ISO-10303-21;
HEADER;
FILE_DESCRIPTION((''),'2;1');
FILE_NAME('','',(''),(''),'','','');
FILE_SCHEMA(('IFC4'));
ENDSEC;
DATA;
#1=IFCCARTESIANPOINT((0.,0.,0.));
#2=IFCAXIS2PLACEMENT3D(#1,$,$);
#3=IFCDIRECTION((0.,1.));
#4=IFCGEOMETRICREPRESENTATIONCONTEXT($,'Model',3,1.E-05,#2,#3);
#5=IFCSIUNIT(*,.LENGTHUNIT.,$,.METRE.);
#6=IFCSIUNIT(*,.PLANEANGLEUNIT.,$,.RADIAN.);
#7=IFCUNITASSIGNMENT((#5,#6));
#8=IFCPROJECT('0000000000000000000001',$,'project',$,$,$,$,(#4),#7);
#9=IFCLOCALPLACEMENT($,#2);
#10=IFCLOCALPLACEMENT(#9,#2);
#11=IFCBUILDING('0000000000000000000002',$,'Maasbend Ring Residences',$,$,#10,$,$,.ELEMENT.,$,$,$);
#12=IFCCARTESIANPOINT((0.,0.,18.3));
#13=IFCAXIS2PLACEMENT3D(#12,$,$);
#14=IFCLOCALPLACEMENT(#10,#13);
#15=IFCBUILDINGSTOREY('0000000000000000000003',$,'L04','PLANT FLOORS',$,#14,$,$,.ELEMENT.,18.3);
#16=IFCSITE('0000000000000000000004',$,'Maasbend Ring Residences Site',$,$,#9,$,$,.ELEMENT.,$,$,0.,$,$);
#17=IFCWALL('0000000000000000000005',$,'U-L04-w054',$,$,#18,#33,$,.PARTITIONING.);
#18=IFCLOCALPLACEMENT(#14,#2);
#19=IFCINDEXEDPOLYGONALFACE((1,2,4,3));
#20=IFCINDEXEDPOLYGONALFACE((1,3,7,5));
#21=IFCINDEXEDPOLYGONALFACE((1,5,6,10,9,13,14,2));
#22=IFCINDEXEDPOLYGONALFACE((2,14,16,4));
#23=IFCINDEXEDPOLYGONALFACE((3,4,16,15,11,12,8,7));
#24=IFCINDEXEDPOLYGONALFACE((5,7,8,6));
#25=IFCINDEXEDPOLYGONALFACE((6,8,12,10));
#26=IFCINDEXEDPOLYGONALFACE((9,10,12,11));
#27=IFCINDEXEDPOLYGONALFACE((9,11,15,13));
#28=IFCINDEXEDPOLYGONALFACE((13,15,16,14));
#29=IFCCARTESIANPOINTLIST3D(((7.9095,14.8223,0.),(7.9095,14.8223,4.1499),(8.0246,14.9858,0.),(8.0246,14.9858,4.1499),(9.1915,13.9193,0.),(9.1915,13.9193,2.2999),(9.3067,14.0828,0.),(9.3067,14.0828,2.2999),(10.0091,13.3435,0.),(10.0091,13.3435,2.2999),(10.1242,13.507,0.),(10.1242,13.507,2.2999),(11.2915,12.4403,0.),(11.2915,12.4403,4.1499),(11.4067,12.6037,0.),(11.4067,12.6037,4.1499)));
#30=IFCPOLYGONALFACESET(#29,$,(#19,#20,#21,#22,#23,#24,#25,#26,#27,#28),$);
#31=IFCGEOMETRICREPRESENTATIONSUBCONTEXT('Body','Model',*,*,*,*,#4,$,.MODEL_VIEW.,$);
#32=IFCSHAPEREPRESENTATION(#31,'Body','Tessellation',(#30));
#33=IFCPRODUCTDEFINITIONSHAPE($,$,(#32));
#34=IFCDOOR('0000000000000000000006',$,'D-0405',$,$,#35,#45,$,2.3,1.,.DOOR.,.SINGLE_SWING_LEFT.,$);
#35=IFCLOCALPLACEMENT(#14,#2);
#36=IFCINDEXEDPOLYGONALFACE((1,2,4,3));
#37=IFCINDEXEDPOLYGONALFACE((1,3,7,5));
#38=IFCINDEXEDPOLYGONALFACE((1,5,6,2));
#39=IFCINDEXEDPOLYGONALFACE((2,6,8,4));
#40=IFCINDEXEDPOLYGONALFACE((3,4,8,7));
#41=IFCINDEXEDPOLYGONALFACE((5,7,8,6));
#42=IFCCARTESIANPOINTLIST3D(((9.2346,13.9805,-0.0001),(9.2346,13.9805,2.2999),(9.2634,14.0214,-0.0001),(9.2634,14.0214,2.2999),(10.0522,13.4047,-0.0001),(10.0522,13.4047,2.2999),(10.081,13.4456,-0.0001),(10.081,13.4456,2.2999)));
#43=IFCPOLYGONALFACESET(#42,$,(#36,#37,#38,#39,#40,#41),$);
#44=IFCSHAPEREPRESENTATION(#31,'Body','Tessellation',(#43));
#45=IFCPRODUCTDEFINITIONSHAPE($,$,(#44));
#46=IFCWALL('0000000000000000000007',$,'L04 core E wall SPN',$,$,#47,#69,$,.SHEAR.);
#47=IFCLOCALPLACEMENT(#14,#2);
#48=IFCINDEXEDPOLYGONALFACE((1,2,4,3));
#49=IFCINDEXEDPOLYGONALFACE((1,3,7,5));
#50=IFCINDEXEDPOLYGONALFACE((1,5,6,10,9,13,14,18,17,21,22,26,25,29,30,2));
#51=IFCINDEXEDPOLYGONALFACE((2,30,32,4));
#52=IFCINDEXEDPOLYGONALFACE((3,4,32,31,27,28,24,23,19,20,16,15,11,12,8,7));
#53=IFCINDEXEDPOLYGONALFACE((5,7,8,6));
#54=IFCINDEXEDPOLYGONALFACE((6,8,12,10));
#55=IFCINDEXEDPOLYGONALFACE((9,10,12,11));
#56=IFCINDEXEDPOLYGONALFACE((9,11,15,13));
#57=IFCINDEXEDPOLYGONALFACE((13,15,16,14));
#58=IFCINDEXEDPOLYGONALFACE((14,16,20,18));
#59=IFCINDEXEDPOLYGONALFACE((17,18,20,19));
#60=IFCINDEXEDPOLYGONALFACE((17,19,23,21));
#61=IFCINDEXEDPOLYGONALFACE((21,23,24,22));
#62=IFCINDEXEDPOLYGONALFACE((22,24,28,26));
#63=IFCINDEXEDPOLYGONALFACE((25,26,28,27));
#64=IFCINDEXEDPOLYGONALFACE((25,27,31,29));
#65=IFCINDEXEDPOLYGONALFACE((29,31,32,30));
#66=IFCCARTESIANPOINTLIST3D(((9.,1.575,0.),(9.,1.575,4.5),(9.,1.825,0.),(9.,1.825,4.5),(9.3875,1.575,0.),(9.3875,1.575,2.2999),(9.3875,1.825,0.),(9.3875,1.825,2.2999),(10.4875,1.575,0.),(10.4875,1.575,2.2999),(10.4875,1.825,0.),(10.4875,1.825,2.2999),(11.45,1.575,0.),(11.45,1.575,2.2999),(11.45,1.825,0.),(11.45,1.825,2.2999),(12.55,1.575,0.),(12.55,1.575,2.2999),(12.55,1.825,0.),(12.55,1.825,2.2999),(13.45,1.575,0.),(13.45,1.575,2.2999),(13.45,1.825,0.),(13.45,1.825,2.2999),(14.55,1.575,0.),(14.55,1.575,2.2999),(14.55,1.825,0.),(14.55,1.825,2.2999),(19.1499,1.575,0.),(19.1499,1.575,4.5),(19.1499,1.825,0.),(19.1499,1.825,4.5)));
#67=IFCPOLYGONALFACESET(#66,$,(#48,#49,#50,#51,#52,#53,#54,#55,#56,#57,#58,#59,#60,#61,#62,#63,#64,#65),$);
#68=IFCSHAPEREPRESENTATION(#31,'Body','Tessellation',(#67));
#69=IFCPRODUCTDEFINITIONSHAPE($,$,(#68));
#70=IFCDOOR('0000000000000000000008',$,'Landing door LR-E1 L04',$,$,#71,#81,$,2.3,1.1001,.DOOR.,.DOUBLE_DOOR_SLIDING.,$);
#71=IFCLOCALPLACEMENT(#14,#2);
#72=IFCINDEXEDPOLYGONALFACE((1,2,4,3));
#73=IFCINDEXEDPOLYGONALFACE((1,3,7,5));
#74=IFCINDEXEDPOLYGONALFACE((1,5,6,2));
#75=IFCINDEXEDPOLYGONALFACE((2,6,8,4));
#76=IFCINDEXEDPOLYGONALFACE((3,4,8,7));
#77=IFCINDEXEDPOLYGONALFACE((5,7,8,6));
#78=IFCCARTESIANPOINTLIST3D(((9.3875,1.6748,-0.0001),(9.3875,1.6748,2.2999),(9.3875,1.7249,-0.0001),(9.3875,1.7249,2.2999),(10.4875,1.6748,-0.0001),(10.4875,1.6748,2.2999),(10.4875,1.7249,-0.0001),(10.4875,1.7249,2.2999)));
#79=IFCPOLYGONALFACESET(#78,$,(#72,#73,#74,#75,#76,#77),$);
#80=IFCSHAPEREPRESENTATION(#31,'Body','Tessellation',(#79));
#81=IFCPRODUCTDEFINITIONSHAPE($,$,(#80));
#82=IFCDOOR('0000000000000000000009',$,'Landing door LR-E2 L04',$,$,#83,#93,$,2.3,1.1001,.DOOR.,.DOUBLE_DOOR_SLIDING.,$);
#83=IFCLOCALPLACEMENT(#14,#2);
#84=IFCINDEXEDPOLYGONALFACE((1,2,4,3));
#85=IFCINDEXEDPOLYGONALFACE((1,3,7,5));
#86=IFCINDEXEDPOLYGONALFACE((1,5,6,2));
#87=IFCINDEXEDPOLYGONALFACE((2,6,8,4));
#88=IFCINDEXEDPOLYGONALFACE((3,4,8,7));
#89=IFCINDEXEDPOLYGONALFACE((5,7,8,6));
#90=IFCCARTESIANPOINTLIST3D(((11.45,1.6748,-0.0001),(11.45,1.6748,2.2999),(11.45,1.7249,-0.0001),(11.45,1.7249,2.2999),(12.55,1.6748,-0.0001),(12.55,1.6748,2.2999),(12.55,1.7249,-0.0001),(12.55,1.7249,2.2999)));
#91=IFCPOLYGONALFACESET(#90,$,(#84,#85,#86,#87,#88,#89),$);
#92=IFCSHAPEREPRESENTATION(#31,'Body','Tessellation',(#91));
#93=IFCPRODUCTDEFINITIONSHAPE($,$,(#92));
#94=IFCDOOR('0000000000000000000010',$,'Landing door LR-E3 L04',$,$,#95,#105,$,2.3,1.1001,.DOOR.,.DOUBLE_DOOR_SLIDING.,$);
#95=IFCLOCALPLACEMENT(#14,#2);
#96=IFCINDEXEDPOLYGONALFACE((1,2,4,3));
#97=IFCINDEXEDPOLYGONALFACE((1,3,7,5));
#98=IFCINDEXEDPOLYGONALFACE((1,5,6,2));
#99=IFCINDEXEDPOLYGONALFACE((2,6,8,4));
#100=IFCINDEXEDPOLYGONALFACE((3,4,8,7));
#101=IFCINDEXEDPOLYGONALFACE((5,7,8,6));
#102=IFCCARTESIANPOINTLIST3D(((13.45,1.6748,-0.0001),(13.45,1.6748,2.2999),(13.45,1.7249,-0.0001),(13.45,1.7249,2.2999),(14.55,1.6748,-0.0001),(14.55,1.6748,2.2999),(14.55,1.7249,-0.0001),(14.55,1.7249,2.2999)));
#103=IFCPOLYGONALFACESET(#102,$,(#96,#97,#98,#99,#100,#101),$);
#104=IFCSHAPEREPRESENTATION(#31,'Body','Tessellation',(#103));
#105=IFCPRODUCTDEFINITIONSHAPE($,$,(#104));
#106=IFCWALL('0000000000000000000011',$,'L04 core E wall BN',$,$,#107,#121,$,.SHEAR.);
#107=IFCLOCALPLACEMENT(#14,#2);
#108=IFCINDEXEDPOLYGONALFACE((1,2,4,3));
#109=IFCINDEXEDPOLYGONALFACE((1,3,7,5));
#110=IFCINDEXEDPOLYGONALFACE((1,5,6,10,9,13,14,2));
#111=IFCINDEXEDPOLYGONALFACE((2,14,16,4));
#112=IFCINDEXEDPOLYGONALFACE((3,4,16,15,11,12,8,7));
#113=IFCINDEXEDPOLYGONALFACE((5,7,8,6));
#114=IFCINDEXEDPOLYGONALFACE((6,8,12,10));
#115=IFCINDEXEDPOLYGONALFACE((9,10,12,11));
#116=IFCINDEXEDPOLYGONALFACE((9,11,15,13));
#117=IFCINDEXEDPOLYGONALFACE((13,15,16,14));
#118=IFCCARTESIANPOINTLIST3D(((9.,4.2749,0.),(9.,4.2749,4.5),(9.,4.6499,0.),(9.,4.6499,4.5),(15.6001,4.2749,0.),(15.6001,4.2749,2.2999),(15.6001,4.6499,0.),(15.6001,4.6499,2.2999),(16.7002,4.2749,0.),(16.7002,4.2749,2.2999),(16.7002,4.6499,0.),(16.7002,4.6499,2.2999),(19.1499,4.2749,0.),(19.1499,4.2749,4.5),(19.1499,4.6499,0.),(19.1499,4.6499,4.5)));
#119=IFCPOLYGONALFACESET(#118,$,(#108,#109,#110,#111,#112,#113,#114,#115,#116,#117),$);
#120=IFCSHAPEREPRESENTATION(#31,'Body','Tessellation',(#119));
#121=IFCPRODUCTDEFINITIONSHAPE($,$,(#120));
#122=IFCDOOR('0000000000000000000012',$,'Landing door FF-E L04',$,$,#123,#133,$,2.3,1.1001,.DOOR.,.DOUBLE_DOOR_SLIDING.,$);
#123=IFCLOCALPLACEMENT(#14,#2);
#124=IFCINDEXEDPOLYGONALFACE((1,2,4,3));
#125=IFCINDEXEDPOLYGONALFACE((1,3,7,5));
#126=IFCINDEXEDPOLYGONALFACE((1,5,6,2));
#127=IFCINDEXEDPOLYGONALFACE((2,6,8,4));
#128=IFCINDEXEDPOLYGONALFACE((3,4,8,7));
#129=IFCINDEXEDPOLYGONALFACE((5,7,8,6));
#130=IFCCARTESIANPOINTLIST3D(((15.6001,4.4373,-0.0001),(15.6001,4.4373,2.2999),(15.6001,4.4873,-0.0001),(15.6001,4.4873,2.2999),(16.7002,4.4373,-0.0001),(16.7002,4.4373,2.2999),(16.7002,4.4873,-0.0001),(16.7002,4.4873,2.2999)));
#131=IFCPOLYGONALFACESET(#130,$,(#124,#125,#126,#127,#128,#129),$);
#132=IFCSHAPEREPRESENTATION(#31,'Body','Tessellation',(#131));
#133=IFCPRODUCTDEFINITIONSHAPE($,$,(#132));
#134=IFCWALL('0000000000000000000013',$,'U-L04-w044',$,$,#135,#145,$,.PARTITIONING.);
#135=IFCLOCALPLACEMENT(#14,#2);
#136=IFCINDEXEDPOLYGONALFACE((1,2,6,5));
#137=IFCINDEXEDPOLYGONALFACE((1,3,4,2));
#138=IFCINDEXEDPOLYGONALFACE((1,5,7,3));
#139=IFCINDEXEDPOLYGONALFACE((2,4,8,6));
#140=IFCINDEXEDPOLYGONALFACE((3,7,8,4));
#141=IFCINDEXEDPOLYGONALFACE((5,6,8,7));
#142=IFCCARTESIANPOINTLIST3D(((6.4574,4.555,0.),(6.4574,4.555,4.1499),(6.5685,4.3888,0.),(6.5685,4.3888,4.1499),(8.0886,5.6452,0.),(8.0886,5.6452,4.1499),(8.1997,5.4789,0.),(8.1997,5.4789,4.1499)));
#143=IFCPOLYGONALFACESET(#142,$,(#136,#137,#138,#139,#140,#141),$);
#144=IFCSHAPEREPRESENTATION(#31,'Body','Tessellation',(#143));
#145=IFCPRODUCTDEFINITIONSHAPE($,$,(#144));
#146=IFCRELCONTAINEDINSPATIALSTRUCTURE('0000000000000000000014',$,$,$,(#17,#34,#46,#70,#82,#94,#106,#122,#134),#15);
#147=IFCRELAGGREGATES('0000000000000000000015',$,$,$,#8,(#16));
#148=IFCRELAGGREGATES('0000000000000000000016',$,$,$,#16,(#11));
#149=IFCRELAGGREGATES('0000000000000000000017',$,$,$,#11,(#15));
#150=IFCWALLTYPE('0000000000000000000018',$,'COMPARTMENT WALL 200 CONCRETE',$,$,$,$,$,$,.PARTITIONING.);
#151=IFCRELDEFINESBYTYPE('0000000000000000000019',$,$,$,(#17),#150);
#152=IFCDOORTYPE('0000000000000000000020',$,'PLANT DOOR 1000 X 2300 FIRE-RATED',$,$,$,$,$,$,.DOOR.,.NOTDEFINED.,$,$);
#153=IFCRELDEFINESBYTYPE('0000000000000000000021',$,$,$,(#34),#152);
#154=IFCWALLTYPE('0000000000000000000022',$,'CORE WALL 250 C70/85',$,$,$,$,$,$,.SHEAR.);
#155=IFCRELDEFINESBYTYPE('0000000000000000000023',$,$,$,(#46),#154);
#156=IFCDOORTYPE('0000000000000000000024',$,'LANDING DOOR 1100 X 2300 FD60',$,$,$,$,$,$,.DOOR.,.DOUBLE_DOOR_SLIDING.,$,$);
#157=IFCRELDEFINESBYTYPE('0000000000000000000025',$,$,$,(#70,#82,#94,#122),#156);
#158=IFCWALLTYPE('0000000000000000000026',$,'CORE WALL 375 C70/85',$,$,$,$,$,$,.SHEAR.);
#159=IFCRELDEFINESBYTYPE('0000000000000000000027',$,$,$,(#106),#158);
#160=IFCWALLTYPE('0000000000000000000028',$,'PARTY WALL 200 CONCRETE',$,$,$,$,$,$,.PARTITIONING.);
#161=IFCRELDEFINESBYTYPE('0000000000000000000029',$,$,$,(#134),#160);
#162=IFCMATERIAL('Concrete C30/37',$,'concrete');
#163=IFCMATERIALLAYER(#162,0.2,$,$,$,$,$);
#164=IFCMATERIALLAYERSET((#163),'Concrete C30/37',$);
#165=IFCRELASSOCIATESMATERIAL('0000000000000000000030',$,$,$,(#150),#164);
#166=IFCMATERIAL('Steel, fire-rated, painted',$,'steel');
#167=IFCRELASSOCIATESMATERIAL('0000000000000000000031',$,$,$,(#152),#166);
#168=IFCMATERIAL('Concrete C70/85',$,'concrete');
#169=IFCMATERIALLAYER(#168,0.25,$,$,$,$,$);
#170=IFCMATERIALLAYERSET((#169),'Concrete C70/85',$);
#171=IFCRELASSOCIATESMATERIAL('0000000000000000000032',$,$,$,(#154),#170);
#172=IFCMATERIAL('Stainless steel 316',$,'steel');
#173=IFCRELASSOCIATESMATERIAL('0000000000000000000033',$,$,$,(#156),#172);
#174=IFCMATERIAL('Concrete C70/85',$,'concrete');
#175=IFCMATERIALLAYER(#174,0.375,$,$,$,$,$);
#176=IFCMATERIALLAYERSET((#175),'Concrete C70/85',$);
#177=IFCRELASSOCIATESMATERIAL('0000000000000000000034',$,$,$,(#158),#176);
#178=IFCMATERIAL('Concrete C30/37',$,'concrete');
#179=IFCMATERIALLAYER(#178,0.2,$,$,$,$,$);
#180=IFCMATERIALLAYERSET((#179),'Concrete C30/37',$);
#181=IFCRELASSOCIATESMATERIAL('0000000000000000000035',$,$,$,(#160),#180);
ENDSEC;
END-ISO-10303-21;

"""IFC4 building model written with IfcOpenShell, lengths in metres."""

from ifc_helpers import new_model, si_unit, direction, frame, frame_2d, origin, place, context, subcontext, project, spatial, rectangle, extrude, material, layer, layer_set, type_object, element, fill, save


model = new_model("IFC4")

# Units and contexts
model_context = context("Model", 3, precision=1e-05, world=origin(), true_north=direction((0.0, 1.0)))
body_context = subcontext(model_context, "Body", "Model", "MODEL_VIEW")
ifc_project = project(units=[si_unit("LENGTHUNIT", "METRE"), si_unit("PLANEANGLEUNIT", "RADIAN")], contexts=[model_context])

# Site, building, storey
site_placement = place(None, origin())
site = spatial("IfcSite", under=ifc_project, at=site_placement, Name="Maasbend Ring Residences Site", CompositionType="ELEMENT", RefElevation=0.0)
building_placement = place(site_placement, origin())
building = spatial("IfcBuilding", under=site, at=building_placement, Name="Maasbend Ring Residences", CompositionType="ELEMENT")
storey_placement = place(building_placement, frame((0.0, 0.0, 18.3)))
storey = spatial("IfcBuildingStorey", under=building, at=storey_placement, Name="L04", Description="PLANT FLOORS", CompositionType="ELEMENT", Elevation=18.3)

# Shared definitions
ifc_material_1 = material(Name="Concrete C30/37", Category="concrete")
ifc_layer_1 = layer(ifc_material_1, 0.2)
ifc_layer_set_1 = layer_set([ifc_layer_1], Name="Concrete C30/37")
wall_type_1 = type_object("IfcWallType", Name="COMPARTMENT WALL 200 CONCRETE", PredefinedType="PARTITIONING", material=ifc_layer_set_1)

# Wall, opening, door
wall_1_placement = place(storey_placement, frame((7.967, 14.9041, 0.0), z_axis=(0.0, 0.0, 1.0), x_axis=(0.817568, -0.575833, 0.0)))
wall_1 = element("IfcWall", 1, at=wall_1_placement, inside=storey, type_object=wall_type_1, Name="U-L04-w054", PredefinedType="PARTITIONING", context=body_context, shape_type="SweptSolid", body=[
    extrude(rectangle(XDim=4.1367, YDim=0.2, at=frame_2d((2.0684, 0.0))), origin(), (0.0, 0.0, 1.0), 4.1499),
])
opening_1_placement = place(wall_1_placement, frame((1.5681, 0.0, 0.0)))
opening_1 = element("IfcOpeningElement", 2, at=opening_1_placement, cuts=wall_1, PredefinedType="OPENING", context=body_context, shape_type="SweptSolid", body=[
    extrude(rectangle(XDim=1.0, YDim=2.3, at=frame_2d((0.5, 1.1499))), frame((0.0, 0.1099, 0.0), z_axis=(0.0, -1.0, 0.0), x_axis=(1.0, 0.0, 0.0)), (0.0, 0.0, 1.0), 0.22),
])
ifc_material_2 = material(Name="Steel, fire-rated, painted", Category="steel")
door_type_1 = type_object("IfcDoorType", Name="PLANT DOOR 1000 X 2300 FIRE-RATED", OperationType="NOTDEFINED", PredefinedType="DOOR", material=ifc_material_2)
door_1_placement = place(opening_1_placement, origin())
door_1 = element("IfcDoor", 3, at=door_1_placement, inside=storey, type_object=door_type_1, Name="D-0405", OperationType="SINGLE_SWING_LEFT", OverallHeight=2.3, OverallWidth=1.0, PredefinedType="DOOR", context=body_context, shape_type="SweptSolid", body=[
    extrude(rectangle(XDim=1.0, YDim=2.3, at=frame_2d((0.5, 1.1499))), frame((0.0, 0.0249, 0.0), z_axis=(0.0, -1.0, 0.0), x_axis=(1.0, 0.0, 0.0)), (0.0, 0.0, 1.0), 0.05),
])
fill(opening_1, door_1)

# Wall, openings, doors
ifc_material_3 = material(Name="Concrete C70/85", Category="concrete")
ifc_layer_2 = layer(ifc_material_3, 0.25)
ifc_layer_set_2 = layer_set([ifc_layer_2], Name="Concrete C70/85")
wall_type_2 = type_object("IfcWallType", Name="CORE WALL 250 C70/85", PredefinedType="SHEAR", material=ifc_layer_set_2)
wall_2_placement = place(storey_placement, frame((9.0, 1.7, 0.0), z_axis=(0.0, 0.0, 1.0), x_axis=(1.0, 0.0, 0.0)))
wall_2 = element("IfcWall", 4, at=wall_2_placement, inside=storey, type_object=wall_type_2, Name="L04 core E wall SPN", PredefinedType="SHEAR", context=body_context, shape_type="SweptSolid", body=[
    extrude(rectangle(XDim=10.1499, YDim=0.25, at=frame_2d((5.075, 0.0))), origin(), (0.0, 0.0, 1.0), 4.5),
])
opening_2_placement = place(wall_2_placement, frame((0.3875, 0.0, 0.0)))
opening_2 = element("IfcOpeningElement", 5, at=opening_2_placement, cuts=wall_2, PredefinedType="OPENING", context=body_context, shape_type="SweptSolid", body=[
    extrude(rectangle(XDim=1.1001, YDim=2.3, at=frame_2d((0.55, 1.1499))), frame((0.0, 0.135, 0.0), z_axis=(0.0, -1.0, 0.0), x_axis=(1.0, 0.0, 0.0)), (0.0, 0.0, 1.0), 0.27),
])
opening_3_placement = place(wall_2_placement, frame((2.45, 0.0, 0.0)))
opening_3 = element("IfcOpeningElement", 6, at=opening_3_placement, cuts=wall_2, PredefinedType="OPENING", context=body_context, shape_type="SweptSolid", body=[
    extrude(rectangle(XDim=1.1001, YDim=2.3, at=frame_2d((0.55, 1.1499))), frame((0.0, 0.135, 0.0), z_axis=(0.0, -1.0, 0.0), x_axis=(1.0, 0.0, 0.0)), (0.0, 0.0, 1.0), 0.27),
])
opening_4_placement = place(wall_2_placement, frame((4.45, 0.0, 0.0)))
opening_4 = element("IfcOpeningElement", 7, at=opening_4_placement, cuts=wall_2, PredefinedType="OPENING", context=body_context, shape_type="SweptSolid", body=[
    extrude(rectangle(XDim=1.1001, YDim=2.3, at=frame_2d((0.55, 1.1499))), frame((0.0, 0.135, 0.0), z_axis=(0.0, -1.0, 0.0), x_axis=(1.0, 0.0, 0.0)), (0.0, 0.0, 1.0), 0.27),
])
ifc_material_4 = material(Name="Stainless steel 316", Category="steel")
door_type_2 = type_object("IfcDoorType", Name="LANDING DOOR 1100 X 2300 FD60", OperationType="DOUBLE_DOOR_SLIDING", PredefinedType="DOOR", material=ifc_material_4)
door_2_placement = place(opening_2_placement, origin())
door_2 = element("IfcDoor", 8, at=door_2_placement, inside=storey, type_object=door_type_2, Name="Landing door LR-E1 L04", OperationType="DOUBLE_DOOR_SLIDING", OverallHeight=2.3, OverallWidth=1.1001, PredefinedType="DOOR", context=body_context, shape_type="SweptSolid", body=[
    extrude(rectangle(XDim=1.1001, YDim=2.3, at=frame_2d((0.55, 1.1499))), frame((0.0, 0.0249, 0.0), z_axis=(0.0, -1.0, 0.0), x_axis=(1.0, 0.0, 0.0)), (0.0, 0.0, 1.0), 0.05),
])
fill(opening_2, door_2)
door_3_placement = place(opening_3_placement, origin())
door_3 = element("IfcDoor", 9, at=door_3_placement, inside=storey, type_object=door_type_2, Name="Landing door LR-E2 L04", OperationType="DOUBLE_DOOR_SLIDING", OverallHeight=2.3, OverallWidth=1.1001, PredefinedType="DOOR", context=body_context, shape_type="SweptSolid", body=[
    extrude(rectangle(XDim=1.1001, YDim=2.3, at=frame_2d((0.55, 1.1499))), frame((0.0, 0.0249, 0.0), z_axis=(0.0, -1.0, 0.0), x_axis=(1.0, 0.0, 0.0)), (0.0, 0.0, 1.0), 0.05),
])
fill(opening_3, door_3)
door_4_placement = place(opening_4_placement, origin())
door_4 = element("IfcDoor", 10, at=door_4_placement, inside=storey, type_object=door_type_2, Name="Landing door LR-E3 L04", OperationType="DOUBLE_DOOR_SLIDING", OverallHeight=2.3, OverallWidth=1.1001, PredefinedType="DOOR", context=body_context, shape_type="SweptSolid", body=[
    extrude(rectangle(XDim=1.1001, YDim=2.3, at=frame_2d((0.55, 1.1499))), frame((0.0, 0.0249, 0.0), z_axis=(0.0, -1.0, 0.0), x_axis=(1.0, 0.0, 0.0)), (0.0, 0.0, 1.0), 0.05),
])
fill(opening_4, door_4)

# Wall, opening, door
ifc_material_5 = material(Name="Concrete C70/85", Category="concrete")
ifc_layer_3 = layer(ifc_material_5, 0.375)
ifc_layer_set_3 = layer_set([ifc_layer_3], Name="Concrete C70/85")
wall_type_3 = type_object("IfcWallType", Name="CORE WALL 375 C70/85", PredefinedType="SHEAR", material=ifc_layer_set_3)
wall_3_placement = place(storey_placement, frame((9.0, 4.4624, 0.0), z_axis=(0.0, 0.0, 1.0), x_axis=(1.0, 0.0, 0.0)))
wall_3 = element("IfcWall", 11, at=wall_3_placement, inside=storey, type_object=wall_type_3, Name="L04 core E wall BN", PredefinedType="SHEAR", context=body_context, shape_type="SweptSolid", body=[
    extrude(rectangle(XDim=10.1499, YDim=0.375, at=frame_2d((5.075, 0.0))), origin(), (0.0, 0.0, 1.0), 4.5),
])
opening_5_placement = place(wall_3_placement, frame((6.6001, 0.0, 0.0)))
opening_5 = element("IfcOpeningElement", 12, at=opening_5_placement, cuts=wall_3, PredefinedType="OPENING", context=body_context, shape_type="SweptSolid", body=[
    extrude(rectangle(XDim=1.1001, YDim=2.3, at=frame_2d((0.55, 1.1499))), frame((0.0, 0.1975, 0.0), z_axis=(0.0, -1.0, 0.0), x_axis=(1.0, 0.0, 0.0)), (0.0, 0.0, 1.0), 0.395),
])
door_5_placement = place(opening_5_placement, origin())
door_5 = element("IfcDoor", 13, at=door_5_placement, inside=storey, type_object=door_type_2, Name="Landing door FF-E L04", OperationType="DOUBLE_DOOR_SLIDING", OverallHeight=2.3, OverallWidth=1.1001, PredefinedType="DOOR", context=body_context, shape_type="SweptSolid", body=[
    extrude(rectangle(XDim=1.1001, YDim=2.3, at=frame_2d((0.55, 1.1499))), frame((0.0, 0.0249, 0.0), z_axis=(0.0, -1.0, 0.0), x_axis=(1.0, 0.0, 0.0)), (0.0, 0.0, 1.0), 0.05),
])
fill(opening_5, door_5)

# Wall
ifc_material_6 = material(Name="Concrete C30/37", Category="concrete")
ifc_layer_4 = layer(ifc_material_6, 0.2)
ifc_layer_set_4 = layer_set([ifc_layer_4], Name="Concrete C30/37")
wall_type_4 = type_object("IfcWallType", Name="PARTY WALL 200 CONCRETE", PredefinedType="PARTITIONING", material=ifc_layer_set_4)
wall_4_placement = place(storey_placement, frame((6.5129, 4.4719, 0.0), z_axis=(0.0, 0.0, 1.0), x_axis=(0.831418, 0.555648, 0.0)))
element("IfcWall", 14, at=wall_4_placement, inside=storey, type_object=wall_type_4, Name="U-L04-w044", PredefinedType="PARTITIONING", context=body_context, shape_type="SweptSolid", body=[
    extrude(rectangle(XDim=1.9619, YDim=0.2, at=frame_2d((0.981, 0.0))), origin(), (0.0, 0.0, 1.0), 4.1499),
])

save(model, "model.ifc")
